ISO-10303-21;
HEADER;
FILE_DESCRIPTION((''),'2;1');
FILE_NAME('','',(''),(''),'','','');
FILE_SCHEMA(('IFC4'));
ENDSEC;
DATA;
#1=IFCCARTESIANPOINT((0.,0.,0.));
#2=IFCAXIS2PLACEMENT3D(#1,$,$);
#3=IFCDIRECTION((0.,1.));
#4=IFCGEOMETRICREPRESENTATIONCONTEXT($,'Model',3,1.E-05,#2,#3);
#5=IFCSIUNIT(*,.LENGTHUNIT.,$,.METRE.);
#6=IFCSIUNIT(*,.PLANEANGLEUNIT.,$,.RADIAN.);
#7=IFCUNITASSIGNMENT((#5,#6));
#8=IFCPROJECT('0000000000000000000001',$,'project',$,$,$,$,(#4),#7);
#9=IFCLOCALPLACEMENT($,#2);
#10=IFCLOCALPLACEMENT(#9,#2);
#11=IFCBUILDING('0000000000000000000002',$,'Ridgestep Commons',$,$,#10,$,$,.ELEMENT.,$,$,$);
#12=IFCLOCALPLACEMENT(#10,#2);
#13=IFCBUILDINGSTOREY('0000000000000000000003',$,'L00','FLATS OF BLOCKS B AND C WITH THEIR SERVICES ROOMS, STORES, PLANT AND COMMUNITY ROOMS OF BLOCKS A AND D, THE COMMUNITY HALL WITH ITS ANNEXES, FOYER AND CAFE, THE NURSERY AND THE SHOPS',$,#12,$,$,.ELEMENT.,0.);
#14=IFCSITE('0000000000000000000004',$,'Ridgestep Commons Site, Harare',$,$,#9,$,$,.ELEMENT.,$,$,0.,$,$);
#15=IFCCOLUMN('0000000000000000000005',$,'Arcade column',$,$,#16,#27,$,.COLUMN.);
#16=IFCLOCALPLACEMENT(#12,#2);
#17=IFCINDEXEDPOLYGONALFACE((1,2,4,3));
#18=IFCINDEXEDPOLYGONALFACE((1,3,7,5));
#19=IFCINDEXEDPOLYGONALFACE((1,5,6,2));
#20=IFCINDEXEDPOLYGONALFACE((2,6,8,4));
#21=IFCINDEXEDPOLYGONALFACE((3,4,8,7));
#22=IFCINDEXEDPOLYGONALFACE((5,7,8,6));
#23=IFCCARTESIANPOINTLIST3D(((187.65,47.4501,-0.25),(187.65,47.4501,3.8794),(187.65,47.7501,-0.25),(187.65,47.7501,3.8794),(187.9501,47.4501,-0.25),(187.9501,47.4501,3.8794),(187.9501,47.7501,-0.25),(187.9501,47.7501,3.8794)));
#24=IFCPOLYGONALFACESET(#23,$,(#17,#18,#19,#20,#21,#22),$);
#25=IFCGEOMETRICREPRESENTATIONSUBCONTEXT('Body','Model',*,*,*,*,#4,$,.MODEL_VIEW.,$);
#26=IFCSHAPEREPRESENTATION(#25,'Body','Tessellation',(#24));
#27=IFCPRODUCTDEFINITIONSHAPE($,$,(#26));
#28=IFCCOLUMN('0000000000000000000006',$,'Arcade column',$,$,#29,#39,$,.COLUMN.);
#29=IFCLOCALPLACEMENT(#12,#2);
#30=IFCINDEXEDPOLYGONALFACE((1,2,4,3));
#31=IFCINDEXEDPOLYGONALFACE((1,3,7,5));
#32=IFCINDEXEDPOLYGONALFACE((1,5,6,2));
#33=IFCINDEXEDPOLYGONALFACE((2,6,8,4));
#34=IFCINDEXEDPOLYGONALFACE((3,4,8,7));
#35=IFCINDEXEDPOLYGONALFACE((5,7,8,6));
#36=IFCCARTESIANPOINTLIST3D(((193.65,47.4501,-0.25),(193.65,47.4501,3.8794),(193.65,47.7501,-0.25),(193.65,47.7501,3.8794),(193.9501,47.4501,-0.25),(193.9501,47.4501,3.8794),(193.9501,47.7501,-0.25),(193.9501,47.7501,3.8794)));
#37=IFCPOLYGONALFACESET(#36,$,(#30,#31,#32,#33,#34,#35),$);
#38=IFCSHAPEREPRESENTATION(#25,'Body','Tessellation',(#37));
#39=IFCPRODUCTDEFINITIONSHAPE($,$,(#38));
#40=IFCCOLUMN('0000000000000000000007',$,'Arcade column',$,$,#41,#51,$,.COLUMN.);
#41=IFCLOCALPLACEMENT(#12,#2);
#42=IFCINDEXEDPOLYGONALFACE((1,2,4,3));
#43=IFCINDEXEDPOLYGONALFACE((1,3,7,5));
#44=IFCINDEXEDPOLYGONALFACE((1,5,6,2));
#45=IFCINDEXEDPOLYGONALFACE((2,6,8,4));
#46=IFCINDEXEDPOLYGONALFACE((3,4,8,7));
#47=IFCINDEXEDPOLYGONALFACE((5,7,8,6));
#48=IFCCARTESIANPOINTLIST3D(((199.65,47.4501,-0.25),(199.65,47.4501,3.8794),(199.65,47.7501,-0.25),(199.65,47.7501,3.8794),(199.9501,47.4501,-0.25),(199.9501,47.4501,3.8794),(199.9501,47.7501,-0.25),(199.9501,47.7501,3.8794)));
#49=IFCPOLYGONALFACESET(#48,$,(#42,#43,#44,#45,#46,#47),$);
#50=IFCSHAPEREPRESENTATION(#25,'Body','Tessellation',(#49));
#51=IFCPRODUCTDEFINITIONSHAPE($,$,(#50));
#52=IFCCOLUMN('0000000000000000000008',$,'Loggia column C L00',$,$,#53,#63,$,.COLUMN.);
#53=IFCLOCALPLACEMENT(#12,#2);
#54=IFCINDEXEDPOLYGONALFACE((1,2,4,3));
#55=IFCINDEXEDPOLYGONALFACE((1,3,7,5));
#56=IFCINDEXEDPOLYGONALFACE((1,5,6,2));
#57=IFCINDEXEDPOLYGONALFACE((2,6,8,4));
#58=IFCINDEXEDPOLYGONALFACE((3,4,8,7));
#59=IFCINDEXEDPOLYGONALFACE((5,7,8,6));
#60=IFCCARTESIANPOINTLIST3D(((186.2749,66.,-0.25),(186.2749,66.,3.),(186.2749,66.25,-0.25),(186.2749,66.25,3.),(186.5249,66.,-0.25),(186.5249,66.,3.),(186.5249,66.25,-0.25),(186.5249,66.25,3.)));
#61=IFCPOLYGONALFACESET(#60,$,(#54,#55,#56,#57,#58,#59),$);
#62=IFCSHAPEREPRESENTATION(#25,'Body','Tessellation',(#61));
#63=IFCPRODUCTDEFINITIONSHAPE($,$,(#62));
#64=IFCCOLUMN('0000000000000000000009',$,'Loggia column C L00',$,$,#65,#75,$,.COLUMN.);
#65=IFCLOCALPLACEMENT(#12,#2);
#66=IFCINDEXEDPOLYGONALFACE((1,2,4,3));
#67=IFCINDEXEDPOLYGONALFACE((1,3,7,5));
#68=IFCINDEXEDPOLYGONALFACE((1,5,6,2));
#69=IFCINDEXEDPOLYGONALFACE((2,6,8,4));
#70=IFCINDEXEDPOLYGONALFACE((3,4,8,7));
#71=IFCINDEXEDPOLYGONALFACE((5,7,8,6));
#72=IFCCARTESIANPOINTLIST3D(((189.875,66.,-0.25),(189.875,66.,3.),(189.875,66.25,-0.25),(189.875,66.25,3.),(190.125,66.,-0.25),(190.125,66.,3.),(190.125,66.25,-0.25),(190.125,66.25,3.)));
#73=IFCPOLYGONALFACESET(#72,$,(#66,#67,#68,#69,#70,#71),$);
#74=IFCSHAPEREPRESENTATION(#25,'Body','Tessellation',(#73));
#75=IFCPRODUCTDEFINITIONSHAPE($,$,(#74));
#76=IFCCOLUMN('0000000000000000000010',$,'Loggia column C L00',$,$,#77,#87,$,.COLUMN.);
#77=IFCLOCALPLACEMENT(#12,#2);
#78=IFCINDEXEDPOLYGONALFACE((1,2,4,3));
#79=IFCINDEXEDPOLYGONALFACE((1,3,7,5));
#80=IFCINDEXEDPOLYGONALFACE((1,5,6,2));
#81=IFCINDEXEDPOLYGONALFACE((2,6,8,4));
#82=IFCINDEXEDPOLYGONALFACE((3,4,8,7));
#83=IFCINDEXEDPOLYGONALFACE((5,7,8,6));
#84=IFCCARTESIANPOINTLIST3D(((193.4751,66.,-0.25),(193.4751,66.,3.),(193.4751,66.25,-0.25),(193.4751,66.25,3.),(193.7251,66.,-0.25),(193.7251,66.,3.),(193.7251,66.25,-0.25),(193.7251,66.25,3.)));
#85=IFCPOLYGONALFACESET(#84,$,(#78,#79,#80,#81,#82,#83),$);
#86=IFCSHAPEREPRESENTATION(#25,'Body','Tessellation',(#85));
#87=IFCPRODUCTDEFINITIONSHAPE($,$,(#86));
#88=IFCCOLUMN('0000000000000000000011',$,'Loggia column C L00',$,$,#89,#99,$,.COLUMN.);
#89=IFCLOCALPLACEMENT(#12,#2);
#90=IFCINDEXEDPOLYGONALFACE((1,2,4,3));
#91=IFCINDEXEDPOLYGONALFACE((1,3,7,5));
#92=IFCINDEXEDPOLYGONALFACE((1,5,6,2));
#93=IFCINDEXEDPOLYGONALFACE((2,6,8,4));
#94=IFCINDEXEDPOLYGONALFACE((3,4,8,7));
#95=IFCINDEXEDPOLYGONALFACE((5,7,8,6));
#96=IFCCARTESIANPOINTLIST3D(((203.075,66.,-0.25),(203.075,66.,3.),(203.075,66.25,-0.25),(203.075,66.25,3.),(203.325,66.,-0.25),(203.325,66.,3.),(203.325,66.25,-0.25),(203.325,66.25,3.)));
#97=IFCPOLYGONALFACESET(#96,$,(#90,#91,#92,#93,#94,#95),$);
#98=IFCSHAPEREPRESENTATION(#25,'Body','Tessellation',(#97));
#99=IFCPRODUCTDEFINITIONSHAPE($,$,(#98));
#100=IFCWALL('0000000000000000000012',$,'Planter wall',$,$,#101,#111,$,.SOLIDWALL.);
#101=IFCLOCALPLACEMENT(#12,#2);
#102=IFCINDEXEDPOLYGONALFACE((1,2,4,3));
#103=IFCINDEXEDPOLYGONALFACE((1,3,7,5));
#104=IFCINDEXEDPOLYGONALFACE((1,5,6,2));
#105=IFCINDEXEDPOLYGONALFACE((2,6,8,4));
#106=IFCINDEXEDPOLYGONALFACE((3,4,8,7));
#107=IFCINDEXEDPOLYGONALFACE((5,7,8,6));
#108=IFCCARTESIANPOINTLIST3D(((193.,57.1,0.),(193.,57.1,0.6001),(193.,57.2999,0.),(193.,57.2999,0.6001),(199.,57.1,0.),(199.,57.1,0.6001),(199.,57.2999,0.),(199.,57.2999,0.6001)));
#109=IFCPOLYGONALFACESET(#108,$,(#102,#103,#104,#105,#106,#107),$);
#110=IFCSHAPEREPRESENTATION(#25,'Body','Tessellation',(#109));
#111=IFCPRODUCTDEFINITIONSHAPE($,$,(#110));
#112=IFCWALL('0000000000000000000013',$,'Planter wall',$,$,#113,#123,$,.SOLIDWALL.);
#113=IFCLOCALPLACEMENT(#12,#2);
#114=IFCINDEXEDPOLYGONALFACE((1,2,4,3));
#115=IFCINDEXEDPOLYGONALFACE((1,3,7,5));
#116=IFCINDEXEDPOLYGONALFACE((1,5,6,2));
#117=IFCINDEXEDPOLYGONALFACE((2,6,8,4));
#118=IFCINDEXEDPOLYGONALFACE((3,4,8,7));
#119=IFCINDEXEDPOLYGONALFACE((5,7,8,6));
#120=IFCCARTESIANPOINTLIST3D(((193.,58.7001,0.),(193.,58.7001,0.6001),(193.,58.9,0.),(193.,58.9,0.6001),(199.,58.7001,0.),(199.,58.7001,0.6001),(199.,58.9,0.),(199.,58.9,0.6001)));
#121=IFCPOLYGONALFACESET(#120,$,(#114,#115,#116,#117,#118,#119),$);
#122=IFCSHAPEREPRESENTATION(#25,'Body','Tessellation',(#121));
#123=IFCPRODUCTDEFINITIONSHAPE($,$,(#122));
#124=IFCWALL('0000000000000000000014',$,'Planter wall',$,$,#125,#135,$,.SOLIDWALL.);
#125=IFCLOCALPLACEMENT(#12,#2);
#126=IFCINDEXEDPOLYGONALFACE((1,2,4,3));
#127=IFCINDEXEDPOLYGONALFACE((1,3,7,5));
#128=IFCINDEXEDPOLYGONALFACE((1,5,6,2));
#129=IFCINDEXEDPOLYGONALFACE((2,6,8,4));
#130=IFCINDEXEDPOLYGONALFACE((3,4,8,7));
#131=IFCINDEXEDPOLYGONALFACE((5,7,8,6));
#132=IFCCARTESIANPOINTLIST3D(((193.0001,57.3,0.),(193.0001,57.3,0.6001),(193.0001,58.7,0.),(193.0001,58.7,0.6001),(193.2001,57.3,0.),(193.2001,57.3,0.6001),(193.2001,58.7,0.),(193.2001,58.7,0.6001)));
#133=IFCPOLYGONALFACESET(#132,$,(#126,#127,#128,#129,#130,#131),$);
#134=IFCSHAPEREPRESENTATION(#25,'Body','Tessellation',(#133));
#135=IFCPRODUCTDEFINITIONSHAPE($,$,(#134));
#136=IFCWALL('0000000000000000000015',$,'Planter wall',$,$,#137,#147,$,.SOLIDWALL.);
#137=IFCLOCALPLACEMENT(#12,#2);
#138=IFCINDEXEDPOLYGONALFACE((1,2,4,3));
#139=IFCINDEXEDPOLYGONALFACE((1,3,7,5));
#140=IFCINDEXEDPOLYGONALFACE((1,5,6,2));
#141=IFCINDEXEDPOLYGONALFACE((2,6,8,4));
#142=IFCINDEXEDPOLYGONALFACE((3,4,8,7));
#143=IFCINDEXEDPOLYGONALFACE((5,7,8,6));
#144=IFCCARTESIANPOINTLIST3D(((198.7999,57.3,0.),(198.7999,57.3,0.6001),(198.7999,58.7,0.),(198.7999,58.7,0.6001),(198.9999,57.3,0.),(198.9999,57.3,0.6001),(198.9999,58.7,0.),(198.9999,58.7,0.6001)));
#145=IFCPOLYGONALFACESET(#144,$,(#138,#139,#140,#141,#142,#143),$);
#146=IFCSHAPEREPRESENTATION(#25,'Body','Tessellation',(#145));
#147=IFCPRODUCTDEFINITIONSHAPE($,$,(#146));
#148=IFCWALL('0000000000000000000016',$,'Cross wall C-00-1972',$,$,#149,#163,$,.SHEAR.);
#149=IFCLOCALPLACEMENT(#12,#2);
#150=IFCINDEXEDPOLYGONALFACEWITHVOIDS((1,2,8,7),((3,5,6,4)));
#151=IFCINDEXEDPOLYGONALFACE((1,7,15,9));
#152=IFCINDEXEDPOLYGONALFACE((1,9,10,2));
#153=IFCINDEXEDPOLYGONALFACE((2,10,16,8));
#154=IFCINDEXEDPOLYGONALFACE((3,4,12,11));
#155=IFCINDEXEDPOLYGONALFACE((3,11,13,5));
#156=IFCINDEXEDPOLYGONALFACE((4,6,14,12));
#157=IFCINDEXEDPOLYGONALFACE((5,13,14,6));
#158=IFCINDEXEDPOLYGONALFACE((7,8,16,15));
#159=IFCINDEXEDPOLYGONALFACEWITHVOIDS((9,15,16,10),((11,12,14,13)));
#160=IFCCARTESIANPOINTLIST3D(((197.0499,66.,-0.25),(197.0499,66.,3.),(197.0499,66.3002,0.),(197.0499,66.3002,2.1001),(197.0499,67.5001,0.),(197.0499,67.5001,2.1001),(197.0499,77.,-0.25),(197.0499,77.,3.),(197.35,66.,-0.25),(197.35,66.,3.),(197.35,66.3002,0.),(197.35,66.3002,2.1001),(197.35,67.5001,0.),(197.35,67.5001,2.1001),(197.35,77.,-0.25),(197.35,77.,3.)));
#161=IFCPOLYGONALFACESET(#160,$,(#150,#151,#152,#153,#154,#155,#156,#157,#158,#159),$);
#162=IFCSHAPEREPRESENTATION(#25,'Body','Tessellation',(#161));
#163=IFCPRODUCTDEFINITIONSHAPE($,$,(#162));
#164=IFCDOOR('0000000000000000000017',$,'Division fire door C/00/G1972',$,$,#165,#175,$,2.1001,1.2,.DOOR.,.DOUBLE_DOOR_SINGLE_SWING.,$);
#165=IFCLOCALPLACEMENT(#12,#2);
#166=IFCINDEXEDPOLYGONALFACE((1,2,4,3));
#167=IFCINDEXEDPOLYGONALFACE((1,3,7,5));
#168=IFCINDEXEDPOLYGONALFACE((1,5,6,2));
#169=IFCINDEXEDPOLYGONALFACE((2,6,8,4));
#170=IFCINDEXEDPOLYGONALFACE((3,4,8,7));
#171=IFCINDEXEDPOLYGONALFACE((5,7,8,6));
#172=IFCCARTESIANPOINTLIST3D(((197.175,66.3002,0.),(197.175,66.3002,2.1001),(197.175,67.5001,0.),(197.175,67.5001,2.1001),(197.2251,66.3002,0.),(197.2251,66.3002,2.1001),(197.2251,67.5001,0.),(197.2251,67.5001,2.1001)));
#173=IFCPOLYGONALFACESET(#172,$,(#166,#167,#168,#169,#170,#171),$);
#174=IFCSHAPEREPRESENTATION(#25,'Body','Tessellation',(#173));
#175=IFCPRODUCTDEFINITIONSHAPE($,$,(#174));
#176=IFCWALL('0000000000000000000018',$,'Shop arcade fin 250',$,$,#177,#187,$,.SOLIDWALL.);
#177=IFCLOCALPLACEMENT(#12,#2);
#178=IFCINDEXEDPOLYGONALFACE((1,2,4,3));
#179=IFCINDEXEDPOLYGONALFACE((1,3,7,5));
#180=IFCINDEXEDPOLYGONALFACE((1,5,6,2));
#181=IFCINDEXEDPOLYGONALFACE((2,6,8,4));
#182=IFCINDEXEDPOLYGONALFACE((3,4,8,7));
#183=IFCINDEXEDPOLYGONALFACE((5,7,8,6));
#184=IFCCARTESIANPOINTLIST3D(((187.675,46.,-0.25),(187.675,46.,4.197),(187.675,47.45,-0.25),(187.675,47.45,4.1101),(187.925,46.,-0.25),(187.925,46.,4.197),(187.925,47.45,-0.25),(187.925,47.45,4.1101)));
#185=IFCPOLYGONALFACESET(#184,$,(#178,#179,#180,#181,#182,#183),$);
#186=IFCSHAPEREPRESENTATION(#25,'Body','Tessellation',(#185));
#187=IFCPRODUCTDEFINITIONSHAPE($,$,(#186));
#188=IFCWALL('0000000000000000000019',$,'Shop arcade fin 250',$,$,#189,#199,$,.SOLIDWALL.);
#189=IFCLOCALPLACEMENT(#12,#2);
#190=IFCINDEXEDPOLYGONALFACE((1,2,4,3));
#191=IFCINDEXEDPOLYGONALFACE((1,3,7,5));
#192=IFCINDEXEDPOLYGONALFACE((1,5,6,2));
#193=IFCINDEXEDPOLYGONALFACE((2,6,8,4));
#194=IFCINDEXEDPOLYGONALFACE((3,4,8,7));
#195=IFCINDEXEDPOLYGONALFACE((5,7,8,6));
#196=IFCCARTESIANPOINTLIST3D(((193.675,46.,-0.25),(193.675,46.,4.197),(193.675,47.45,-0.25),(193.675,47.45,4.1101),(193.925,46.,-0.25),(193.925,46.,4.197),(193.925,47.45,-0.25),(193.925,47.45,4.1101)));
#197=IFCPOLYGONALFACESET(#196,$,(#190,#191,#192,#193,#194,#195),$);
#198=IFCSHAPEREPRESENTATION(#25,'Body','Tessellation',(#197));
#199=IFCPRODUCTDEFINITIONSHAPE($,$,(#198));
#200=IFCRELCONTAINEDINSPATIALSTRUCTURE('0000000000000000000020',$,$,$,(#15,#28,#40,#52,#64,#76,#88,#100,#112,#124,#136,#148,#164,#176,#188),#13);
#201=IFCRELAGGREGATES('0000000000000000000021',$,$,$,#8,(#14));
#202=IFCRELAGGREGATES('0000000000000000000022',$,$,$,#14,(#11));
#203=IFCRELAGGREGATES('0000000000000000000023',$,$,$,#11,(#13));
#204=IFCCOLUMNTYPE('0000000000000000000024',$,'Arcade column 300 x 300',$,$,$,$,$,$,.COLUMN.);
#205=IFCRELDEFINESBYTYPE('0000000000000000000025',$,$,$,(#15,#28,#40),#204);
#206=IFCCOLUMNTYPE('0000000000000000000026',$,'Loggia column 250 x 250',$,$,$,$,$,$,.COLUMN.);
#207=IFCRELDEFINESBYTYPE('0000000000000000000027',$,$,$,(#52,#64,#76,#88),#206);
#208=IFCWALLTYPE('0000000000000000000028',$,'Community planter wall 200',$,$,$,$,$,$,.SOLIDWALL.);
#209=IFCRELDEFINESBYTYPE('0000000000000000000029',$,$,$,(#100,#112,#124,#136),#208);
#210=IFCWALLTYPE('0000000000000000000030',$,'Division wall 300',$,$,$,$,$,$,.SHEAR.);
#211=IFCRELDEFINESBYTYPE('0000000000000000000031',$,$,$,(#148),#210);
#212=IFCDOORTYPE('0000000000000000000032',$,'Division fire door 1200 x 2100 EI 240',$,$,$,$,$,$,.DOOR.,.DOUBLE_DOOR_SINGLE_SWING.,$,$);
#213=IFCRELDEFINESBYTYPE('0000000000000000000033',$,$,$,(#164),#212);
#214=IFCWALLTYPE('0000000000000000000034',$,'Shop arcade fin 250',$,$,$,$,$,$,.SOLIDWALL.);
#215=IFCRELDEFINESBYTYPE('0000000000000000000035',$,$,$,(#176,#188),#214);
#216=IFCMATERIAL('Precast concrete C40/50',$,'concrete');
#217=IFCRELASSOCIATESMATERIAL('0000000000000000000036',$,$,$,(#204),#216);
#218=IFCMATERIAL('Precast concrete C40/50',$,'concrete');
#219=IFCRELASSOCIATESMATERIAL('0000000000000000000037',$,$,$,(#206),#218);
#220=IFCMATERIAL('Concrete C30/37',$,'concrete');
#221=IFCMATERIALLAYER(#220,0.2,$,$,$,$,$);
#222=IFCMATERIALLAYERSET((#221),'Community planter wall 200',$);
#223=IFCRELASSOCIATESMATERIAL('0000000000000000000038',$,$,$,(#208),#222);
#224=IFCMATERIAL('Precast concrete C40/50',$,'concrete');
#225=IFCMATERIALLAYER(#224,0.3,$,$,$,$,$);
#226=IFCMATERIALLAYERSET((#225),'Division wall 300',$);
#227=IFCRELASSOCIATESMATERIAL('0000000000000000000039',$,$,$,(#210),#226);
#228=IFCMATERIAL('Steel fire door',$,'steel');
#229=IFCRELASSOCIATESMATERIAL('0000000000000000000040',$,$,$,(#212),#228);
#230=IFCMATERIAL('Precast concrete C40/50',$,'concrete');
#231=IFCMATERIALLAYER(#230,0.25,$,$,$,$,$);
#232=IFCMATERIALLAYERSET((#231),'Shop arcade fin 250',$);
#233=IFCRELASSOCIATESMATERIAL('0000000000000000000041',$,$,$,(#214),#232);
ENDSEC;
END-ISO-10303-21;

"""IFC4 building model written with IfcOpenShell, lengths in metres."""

from ifc_helpers import new_model, si_unit, direction, frame, frame_2d, origin, origin_2d, place, context, subcontext, project, spatial, polyline, rectangle, outline, extrude, material, layer, layer_set, material_profile, profile_set, type_object, element, fill, save


model = new_model("IFC4")

# Units and contexts
model_context = context("Model", 3, precision=1e-05, world=origin(), true_north=direction((0.0, 1.0)))
body_context = subcontext(model_context, "Body", "Model", "MODEL_VIEW")
ifc_project = project(units=[si_unit("LENGTHUNIT", "METRE"), si_unit("PLANEANGLEUNIT", "RADIAN")], contexts=[model_context])

# Site, building, storey
site_placement = place(None, origin())
site = spatial("IfcSite", under=ifc_project, at=site_placement, Name="Ridgestep Commons Site, Harare", CompositionType="ELEMENT", RefElevation=0.0)
building_placement = place(site_placement, origin())
building = spatial("IfcBuilding", under=site, at=building_placement, Name="Ridgestep Commons", CompositionType="ELEMENT")
storey_placement = place(building_placement, origin())
storey = spatial("IfcBuildingStorey", under=building, at=storey_placement, Name="L00", Description="FLATS OF BLOCKS B AND C WITH THEIR SERVICES ROOMS, STORES, PLANT AND COMMUNITY ROOMS OF BLOCKS A AND D, THE COMMUNITY HALL WITH ITS ANNEXES, FOYER AND CAFE, THE NURSERY AND THE SHOPS", CompositionType="ELEMENT", Elevation=0.0)

# Columns
ifc_material_1 = material(Name="Precast concrete C40/50", Category="concrete")
ifc_material_profile_1 = material_profile(ifc_material_1, rectangle(XDim=0.3, YDim=0.3, at=origin_2d()), Name="Arcade column 300 x 300")
ifc_profile_set_1 = profile_set([ifc_material_profile_1], Name="Precast concrete C40/50")
column_type_1 = type_object("IfcColumnType", Name="Arcade column 300 x 300", PredefinedType="COLUMN", material=ifc_profile_set_1)
for number, where, z_axis, x_axis, name in (
    (1, (187.8, 47.6001, -0.25), (0.0, 0.0, 1.0), (1.0, 0.0, 0.0), "Arcade column"),
    (2, (193.8, 47.6001, -0.25), (0.0, 0.0, 1.0), (1.0, 0.0, 0.0), "Arcade column"),
    (3, (199.8, 47.6001, -0.25), (0.0, 0.0, 1.0), (1.0, 0.0, 0.0), "Arcade column"),
):
    element("IfcColumn", number, at=place(storey_placement, frame(where, z_axis=z_axis, x_axis=x_axis)), inside=storey, type_object=column_type_1, Name=name, PredefinedType="COLUMN", context=body_context, shape_type="SweptSolid", body=[
        extrude(rectangle(XDim=0.3, YDim=0.3, at=origin_2d()), origin(), (0.0, 0.0, 1.0), 4.1294),
    ])
ifc_material_2 = material(Name="Precast concrete C40/50", Category="concrete")
ifc_material_profile_2 = material_profile(ifc_material_2, rectangle(XDim=0.25, YDim=0.25, at=origin_2d()), Name="PC 250x250")
ifc_profile_set_2 = profile_set([ifc_material_profile_2], Name="Precast concrete C40/50")
column_type_2 = type_object("IfcColumnType", Name="Loggia column 250 x 250", PredefinedType="COLUMN", material=ifc_profile_set_2)
for number, where, z_axis, x_axis, name in (
    (4, (186.3999, 66.125, -0.25), (0.0, 0.0, 1.0), (1.0, 0.0, 0.0), "Loggia column C L00"),
    (5, (190.0, 66.125, -0.25), (0.0, 0.0, 1.0), (1.0, 0.0, 0.0), "Loggia column C L00"),
    (6, (193.6001, 66.125, -0.25), (0.0, 0.0, 1.0), (1.0, 0.0, 0.0), "Loggia column C L00"),
    (7, (203.2, 66.125, -0.25), (0.0, 0.0, 1.0), (1.0, 0.0, 0.0), "Loggia column C L00"),
):
    element("IfcColumn", number, at=place(storey_placement, frame(where, z_axis=z_axis, x_axis=x_axis)), inside=storey, type_object=column_type_2, Name=name, PredefinedType="COLUMN", context=body_context, shape_type="SweptSolid", body=[
        extrude(rectangle(XDim=0.25, YDim=0.25, at=origin_2d()), origin(), (0.0, 0.0, 1.0), 3.25),
    ])

# Walls
ifc_material_3 = material(Name="Concrete C30/37", Category="concrete")
ifc_layer_1 = layer(ifc_material_3, 0.2)
ifc_layer_set_1 = layer_set([ifc_layer_1], Name="Community planter wall 200")
wall_type_1 = type_object("IfcWallType", Name="Community planter wall 200", PredefinedType="SOLIDWALL", material=ifc_layer_set_1)
for number, where, z_axis, x_axis, name in (
    (8, (193.0, 57.2, 0.0), (0.0, 0.0, 1.0), (1.0, 0.0, 0.0), "Planter wall"),
    (9, (193.0, 58.8, 0.0), (0.0, 0.0, 1.0), (1.0, 0.0, 0.0), "Planter wall"),
):
    element("IfcWall", number, at=place(storey_placement, frame(where, z_axis=z_axis, x_axis=x_axis)), inside=storey, type_object=wall_type_1, Name=name, PredefinedType="SOLIDWALL", context=body_context, shape_type="SweptSolid", body=[
        extrude(rectangle(XDim=6.0, YDim=0.2, at=frame_2d((3.0, 0.0))), origin(), (0.0, 0.0, 1.0), 0.6001),
    ])
for number, where, z_axis, x_axis, name in (
    (10, (193.1001, 57.3, 0.0), (0.0, 0.0, 1.0), (0.0, 1.0, 0.0), "Planter wall"),
    (11, (198.8999, 57.3, 0.0), (0.0, 0.0, 1.0), (0.0, 1.0, 0.0), "Planter wall"),
):
    element("IfcWall", number, at=place(storey_placement, frame(where, z_axis=z_axis, x_axis=x_axis)), inside=storey, type_object=wall_type_1, Name=name, PredefinedType="SOLIDWALL", context=body_context, shape_type="SweptSolid", body=[
        extrude(rectangle(XDim=1.3999, YDim=0.2, at=frame_2d((0.7, 0.0))), origin(), (0.0, 0.0, 1.0), 0.6001),
    ])

# Wall, opening, door
ifc_material_4 = material(Name="Precast concrete C40/50", Category="concrete")
ifc_layer_2 = layer(ifc_material_4, 0.3)
ifc_layer_set_2 = layer_set([ifc_layer_2], Name="Division wall 300")
wall_type_2 = type_object("IfcWallType", Name="Division wall 300", PredefinedType="SHEAR", material=ifc_layer_set_2)
wall_1_placement = place(storey_placement, frame((197.2, 66.0, -0.25), z_axis=(0.0, 0.0, 1.0), x_axis=(0.0, 1.0, 0.0)))
wall_1 = element("IfcWall", 12, at=wall_1_placement, inside=storey, type_object=wall_type_2, Name="Cross wall C-00-1972", PredefinedType="SHEAR", context=body_context, shape_type="SweptSolid", body=[
    extrude(rectangle(XDim=11.0, YDim=0.3, at=frame_2d((5.5, 0.0))), origin(), (0.0, 0.0, 1.0), 3.25),
])
opening_1_placement = place(wall_1_placement, frame((0.3, 0.0, 0.25)))
opening_1 = element("IfcOpeningElement", 13, at=opening_1_placement, cuts=wall_1, PredefinedType="OPENING", context=body_context, shape_type="SweptSolid", body=[
    extrude(rectangle(XDim=1.2, YDim=2.1001, at=frame_2d((0.6001, 1.05))), frame((0.0, 0.1599, 0.0), z_axis=(0.0, -1.0, 0.0), x_axis=(1.0, 0.0, 0.0)), (0.0, 0.0, 1.0), 0.3201),
])
ifc_material_5 = material(Name="Steel fire door", Category="steel")
door_type_1 = type_object("IfcDoorType", Name="Division fire door 1200 x 2100 EI 240", OperationType="DOUBLE_DOOR_SINGLE_SWING", PredefinedType="DOOR", material=ifc_material_5)
door_1_placement = place(opening_1_placement, origin())
door_1 = element("IfcDoor", 14, at=door_1_placement, inside=storey, type_object=door_type_1, Name="Division fire door C/00/G1972", OperationType="DOUBLE_DOOR_SINGLE_SWING", OverallHeight=2.1001, OverallWidth=1.2, PredefinedType="DOOR", context=body_context, shape_type="SweptSolid", body=[
    extrude(rectangle(XDim=1.2, YDim=2.1001, at=frame_2d((0.6001, 1.05))), frame((0.0, 0.0249, 0.0), z_axis=(0.0, -1.0, 0.0), x_axis=(1.0, 0.0, 0.0)), (0.0, 0.0, 1.0), 0.05),
])
fill(opening_1, door_1)

# Walls
ifc_material_6 = material(Name="Precast concrete C40/50", Category="concrete")
ifc_layer_3 = layer(ifc_material_6, 0.25)
ifc_layer_set_3 = layer_set([ifc_layer_3], Name="Shop arcade fin 250")
wall_type_3 = type_object("IfcWallType", Name="Shop arcade fin 250", PredefinedType="SOLIDWALL", material=ifc_layer_set_3)
for number, where, z_axis, x_axis, name in (
    (15, (187.8, 46.0, -0.25), (0.0, 0.0, 1.0), (0.0, 1.0, 0.0), "Shop arcade fin 250"),
    (16, (193.8, 46.0, -0.25), (0.0, 0.0, 1.0), (0.0, 1.0, 0.0), "Shop arcade fin 250"),
):
    element("IfcWall", number, at=place(storey_placement, frame(where, z_axis=z_axis, x_axis=x_axis)), inside=storey, type_object=wall_type_3, Name=name, PredefinedType="SOLIDWALL", context=body_context, shape_type="SweptSolid", body=[
        extrude(outline(polyline([(0.0, 0.0), (1.45, 0.0), (1.45, 4.3601), (0.0, 4.447), (0.0, 0.0)])), frame((0.0, 0.125, 0.0), z_axis=(0.0, -1.0, 0.0), x_axis=(1.0, 0.0, 0.0)), (0.0, 0.0, 1.0), 0.25),
    ])

save(model, "model.ifc")
